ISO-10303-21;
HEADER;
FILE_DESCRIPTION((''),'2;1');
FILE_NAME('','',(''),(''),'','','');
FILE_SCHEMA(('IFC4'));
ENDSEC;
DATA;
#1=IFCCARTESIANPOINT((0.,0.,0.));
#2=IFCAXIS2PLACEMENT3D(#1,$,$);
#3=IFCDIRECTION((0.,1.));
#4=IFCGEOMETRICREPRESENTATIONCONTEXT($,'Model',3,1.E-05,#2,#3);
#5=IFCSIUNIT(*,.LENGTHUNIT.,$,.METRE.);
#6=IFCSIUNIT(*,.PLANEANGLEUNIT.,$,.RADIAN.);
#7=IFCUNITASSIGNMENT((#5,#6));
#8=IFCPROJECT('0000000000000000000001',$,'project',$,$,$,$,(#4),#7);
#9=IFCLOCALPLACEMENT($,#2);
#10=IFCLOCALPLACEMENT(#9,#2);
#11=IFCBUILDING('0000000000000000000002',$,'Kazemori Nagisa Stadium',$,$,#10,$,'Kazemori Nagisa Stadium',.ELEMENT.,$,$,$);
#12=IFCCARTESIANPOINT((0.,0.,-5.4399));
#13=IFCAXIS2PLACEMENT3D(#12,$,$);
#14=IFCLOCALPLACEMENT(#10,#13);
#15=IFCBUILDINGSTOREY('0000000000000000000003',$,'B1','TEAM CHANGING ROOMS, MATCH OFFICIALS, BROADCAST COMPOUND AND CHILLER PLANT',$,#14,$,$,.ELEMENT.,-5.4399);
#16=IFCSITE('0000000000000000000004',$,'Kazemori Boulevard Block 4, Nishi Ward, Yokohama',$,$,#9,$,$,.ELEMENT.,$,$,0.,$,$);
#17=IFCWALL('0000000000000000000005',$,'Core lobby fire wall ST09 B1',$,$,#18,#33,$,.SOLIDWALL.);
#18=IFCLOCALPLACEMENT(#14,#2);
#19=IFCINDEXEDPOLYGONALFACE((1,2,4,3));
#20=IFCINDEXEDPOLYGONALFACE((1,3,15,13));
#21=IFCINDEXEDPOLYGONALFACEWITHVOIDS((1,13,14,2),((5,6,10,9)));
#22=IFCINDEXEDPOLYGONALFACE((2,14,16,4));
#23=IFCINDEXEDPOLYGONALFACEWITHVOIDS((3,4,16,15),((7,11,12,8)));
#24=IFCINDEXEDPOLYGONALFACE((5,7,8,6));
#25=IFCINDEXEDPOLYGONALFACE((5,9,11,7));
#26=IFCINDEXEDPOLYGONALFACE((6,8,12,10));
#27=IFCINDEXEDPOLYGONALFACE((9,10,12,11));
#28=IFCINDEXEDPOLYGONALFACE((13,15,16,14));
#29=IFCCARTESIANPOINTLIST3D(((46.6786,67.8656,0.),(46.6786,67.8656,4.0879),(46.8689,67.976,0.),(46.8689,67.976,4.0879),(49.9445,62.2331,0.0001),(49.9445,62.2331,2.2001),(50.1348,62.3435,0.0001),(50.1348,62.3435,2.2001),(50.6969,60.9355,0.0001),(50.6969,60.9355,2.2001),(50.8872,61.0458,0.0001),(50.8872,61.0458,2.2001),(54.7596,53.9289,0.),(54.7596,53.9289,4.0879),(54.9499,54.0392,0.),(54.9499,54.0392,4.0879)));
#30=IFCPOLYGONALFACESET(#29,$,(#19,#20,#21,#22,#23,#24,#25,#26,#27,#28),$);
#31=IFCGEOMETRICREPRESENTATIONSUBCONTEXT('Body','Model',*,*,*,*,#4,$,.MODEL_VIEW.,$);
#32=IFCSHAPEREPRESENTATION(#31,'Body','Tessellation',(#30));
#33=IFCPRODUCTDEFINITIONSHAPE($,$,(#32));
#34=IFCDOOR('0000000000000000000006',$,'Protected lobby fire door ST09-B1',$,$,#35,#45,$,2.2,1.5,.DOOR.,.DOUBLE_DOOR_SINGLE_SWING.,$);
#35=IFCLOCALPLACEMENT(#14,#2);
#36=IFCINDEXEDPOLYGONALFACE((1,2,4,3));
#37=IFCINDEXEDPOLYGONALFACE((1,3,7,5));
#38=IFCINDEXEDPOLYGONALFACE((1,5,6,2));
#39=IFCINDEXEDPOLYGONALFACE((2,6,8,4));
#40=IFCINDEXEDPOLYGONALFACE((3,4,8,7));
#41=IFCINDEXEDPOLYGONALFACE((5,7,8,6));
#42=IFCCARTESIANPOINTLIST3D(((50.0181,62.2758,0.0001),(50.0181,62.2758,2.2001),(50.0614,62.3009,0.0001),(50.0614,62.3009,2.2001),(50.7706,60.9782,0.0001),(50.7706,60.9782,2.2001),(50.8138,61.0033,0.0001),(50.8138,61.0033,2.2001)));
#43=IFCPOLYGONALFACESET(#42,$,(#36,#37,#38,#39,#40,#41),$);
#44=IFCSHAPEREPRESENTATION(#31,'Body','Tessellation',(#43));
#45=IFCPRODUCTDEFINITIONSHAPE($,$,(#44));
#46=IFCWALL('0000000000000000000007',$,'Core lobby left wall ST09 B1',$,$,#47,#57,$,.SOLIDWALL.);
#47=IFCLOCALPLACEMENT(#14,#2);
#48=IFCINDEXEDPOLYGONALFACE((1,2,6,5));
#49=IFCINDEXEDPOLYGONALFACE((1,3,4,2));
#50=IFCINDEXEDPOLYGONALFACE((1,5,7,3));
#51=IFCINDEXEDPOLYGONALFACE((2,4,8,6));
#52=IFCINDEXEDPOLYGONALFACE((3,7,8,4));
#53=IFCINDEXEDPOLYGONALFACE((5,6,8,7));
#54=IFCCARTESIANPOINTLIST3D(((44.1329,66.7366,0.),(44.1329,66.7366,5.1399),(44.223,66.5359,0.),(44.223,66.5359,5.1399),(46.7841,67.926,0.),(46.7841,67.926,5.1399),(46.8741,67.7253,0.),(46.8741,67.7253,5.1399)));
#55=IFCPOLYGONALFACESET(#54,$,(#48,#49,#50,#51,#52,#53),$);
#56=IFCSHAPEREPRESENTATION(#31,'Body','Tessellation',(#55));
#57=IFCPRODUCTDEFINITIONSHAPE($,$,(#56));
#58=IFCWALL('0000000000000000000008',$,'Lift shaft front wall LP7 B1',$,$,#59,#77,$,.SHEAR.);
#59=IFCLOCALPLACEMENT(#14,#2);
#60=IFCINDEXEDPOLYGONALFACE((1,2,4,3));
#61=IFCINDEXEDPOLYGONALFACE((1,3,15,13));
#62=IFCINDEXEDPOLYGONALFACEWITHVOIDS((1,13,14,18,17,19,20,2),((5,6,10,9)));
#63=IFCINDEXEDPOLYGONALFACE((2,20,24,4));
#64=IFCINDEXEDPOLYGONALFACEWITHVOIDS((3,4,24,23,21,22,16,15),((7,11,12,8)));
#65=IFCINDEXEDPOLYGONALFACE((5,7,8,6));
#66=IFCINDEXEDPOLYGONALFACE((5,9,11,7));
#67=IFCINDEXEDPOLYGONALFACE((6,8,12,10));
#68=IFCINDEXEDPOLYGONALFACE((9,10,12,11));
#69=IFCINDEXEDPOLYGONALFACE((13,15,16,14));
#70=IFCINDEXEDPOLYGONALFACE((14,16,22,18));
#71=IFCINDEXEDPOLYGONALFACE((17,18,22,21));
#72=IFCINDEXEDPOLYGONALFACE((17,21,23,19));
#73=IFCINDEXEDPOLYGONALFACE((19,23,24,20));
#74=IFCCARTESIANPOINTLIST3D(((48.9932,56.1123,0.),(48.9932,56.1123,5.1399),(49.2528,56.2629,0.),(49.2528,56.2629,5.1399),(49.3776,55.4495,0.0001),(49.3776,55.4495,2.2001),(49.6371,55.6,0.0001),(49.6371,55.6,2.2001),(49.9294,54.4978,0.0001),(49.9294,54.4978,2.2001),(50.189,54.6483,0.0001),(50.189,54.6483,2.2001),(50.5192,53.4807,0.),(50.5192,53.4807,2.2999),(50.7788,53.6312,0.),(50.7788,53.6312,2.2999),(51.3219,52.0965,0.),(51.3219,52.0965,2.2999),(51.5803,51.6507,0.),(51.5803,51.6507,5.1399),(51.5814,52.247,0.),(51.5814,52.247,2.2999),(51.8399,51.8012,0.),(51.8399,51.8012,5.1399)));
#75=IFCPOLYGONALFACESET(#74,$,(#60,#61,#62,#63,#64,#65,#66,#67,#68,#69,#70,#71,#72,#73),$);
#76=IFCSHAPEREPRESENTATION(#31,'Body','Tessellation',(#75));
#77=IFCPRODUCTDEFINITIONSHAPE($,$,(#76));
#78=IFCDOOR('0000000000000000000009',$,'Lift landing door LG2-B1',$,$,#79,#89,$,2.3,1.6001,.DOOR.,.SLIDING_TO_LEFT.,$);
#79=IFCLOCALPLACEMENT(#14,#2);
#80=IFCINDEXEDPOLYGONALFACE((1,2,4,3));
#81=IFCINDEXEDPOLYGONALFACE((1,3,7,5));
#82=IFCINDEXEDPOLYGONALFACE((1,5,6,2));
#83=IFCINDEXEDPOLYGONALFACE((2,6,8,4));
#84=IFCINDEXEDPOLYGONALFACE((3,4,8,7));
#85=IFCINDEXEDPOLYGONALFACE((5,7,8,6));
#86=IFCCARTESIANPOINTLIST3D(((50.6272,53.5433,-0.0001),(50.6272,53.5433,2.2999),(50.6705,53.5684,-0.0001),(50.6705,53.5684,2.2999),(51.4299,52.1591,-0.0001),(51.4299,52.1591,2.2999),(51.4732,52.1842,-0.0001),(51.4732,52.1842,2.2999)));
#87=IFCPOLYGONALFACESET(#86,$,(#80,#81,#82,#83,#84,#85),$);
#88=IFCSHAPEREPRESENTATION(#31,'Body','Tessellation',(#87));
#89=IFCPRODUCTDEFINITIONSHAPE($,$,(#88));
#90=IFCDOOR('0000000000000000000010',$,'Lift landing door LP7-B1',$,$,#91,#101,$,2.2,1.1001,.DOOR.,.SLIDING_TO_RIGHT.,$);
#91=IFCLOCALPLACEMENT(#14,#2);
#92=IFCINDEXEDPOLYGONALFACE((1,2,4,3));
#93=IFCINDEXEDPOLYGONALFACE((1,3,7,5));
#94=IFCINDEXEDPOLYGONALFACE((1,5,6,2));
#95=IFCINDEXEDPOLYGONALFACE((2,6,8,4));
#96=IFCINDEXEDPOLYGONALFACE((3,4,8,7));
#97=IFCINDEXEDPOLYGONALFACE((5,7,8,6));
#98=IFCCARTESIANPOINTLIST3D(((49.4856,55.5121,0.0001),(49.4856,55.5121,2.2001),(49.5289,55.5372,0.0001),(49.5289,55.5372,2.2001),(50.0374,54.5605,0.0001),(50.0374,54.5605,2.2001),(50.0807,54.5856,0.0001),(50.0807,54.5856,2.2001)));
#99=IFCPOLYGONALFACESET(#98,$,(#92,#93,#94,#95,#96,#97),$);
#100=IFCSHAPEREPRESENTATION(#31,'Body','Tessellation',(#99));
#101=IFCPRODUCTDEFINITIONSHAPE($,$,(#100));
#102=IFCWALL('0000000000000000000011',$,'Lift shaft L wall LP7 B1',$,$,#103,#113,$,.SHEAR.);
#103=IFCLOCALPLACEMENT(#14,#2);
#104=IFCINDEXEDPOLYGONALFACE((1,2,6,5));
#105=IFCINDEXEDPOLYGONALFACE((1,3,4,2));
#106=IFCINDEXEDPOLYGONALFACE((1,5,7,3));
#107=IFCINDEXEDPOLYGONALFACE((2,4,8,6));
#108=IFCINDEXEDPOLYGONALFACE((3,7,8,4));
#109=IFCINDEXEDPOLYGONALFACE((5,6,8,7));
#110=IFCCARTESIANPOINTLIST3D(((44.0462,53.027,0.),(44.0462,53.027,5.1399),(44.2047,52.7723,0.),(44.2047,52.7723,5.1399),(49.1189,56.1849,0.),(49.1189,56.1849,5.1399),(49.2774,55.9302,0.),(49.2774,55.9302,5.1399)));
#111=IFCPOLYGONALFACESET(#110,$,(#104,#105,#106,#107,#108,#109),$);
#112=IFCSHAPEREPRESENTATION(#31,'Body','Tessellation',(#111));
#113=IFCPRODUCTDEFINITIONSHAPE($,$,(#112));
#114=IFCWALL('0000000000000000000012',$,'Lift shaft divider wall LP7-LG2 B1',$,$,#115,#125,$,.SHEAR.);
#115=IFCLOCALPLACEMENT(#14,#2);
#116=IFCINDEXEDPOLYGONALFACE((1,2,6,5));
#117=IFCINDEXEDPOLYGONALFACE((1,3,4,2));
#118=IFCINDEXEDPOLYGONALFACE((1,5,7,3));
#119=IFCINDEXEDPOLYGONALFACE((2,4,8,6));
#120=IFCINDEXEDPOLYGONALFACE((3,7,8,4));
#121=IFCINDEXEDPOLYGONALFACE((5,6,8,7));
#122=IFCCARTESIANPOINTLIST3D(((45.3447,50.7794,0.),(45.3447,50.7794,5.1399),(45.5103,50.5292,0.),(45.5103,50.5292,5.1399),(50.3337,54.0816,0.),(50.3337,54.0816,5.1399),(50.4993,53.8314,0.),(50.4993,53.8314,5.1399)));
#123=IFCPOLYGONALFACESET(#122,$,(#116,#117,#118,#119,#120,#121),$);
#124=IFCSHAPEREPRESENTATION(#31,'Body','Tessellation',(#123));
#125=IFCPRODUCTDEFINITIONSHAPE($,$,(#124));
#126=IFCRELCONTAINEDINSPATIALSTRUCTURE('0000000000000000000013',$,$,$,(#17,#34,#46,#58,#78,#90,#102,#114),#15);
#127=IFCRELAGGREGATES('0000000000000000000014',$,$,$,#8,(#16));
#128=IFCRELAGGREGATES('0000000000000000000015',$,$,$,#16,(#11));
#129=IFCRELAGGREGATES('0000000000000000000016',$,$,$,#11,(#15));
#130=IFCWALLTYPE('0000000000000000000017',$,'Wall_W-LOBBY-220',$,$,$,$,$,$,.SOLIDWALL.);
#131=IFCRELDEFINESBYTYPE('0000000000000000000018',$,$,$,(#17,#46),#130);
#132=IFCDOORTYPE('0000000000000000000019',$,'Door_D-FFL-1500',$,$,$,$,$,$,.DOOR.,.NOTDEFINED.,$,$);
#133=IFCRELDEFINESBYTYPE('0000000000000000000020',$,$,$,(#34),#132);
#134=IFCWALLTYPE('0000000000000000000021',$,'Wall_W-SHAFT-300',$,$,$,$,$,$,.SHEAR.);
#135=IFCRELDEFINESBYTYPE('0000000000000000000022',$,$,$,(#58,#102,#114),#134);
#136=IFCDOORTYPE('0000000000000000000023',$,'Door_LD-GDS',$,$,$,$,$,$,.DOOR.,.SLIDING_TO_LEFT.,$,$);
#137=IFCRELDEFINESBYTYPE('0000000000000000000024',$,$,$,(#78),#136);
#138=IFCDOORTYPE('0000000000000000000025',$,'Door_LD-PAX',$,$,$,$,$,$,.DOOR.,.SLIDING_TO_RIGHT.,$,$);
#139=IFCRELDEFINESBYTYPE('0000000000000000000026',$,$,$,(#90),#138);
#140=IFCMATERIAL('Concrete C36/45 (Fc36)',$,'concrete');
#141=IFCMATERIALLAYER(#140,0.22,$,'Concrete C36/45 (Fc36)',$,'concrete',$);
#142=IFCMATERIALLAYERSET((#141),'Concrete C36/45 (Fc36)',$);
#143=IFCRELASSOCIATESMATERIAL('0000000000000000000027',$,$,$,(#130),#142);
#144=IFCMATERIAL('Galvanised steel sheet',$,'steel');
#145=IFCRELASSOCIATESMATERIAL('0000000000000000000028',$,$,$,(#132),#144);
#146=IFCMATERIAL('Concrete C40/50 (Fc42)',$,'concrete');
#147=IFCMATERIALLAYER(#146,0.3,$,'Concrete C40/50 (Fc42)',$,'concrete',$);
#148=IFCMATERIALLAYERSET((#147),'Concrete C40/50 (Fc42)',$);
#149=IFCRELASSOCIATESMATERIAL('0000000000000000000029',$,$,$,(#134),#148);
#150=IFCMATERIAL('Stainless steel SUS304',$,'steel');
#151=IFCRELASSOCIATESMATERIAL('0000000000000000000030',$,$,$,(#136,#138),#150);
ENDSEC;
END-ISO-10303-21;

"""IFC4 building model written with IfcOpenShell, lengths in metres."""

from ifc_helpers import new_model, si_unit, direction, frame, frame_2d, origin, place, context, subcontext, project, spatial, rectangle, extrude, material, layer, layer_set, type_object, element, fill, save


model = new_model("IFC4")

# Units and contexts
model_context = context("Model", 3, precision=1e-05, world=origin(), true_north=direction((0.0, 1.0)))
body_context = subcontext(model_context, "Body", "Model", "MODEL_VIEW")
ifc_project = project(units=[si_unit("LENGTHUNIT", "METRE"), si_unit("PLANEANGLEUNIT", "RADIAN")], contexts=[model_context])

# Site, building, storey
site_placement = place(None, origin())
site = spatial("IfcSite", under=ifc_project, at=site_placement, Name="Kazemori Boulevard Block 4, Nishi Ward, Yokohama", CompositionType="ELEMENT", RefElevation=0.0)
building_placement = place(site_placement, origin())
building = spatial("IfcBuilding", under=site, at=building_placement, Name="Kazemori Nagisa Stadium", LongName="Kazemori Nagisa Stadium", CompositionType="ELEMENT")
storey_placement = place(building_placement, frame((0.0, 0.0, -5.4399)))
storey = spatial("IfcBuildingStorey", under=building, at=storey_placement, Name="B1", Description="TEAM CHANGING ROOMS, MATCH OFFICIALS, BROADCAST COMPOUND AND CHILLER PLANT", CompositionType="ELEMENT", Elevation=-5.4399)

# Shared definitions
ifc_material_1 = material(Name="Concrete C40/50 (Fc42)", Category="concrete")

# Shared definitions
ifc_material_2 = material(Name="Concrete C36/45 (Fc36)", Category="concrete")

# Shared definitions
ifc_material_3 = material(Name="Galvanised steel sheet", Category="steel")

# Wall, opening, door
ifc_layer_1 = layer(ifc_material_2, 0.22, Name="Concrete C36/45 (Fc36)", Category="concrete")
ifc_layer_set_1 = layer_set([ifc_layer_1], Name="Concrete C36/45 (Fc36)")
wall_type_1 = type_object("IfcWallType", Name="Wall_W-LOBBY-220", PredefinedType="SOLIDWALL", material=ifc_layer_set_1)
wall_1_placement = place(storey_placement, frame((46.7737, 67.9209, 0.0), z_axis=(0.0, 0.0, 1.0), x_axis=(0.501613, -0.865092, 0.0)))
wall_1 = element("IfcWall", 1, at=wall_1_placement, inside=storey, type_object=wall_type_1, Name="Core lobby fire wall ST09 B1", PredefinedType="SOLIDWALL", context=body_context, shape_type="SweptSolid", body=[
    extrude(rectangle(XDim=16.1101, YDim=0.22, at=frame_2d((8.0552, 0.0))), origin(), (0.0, 0.0, 1.0), 4.0879),
])
opening_1_placement = place(wall_1_placement, frame((6.511, 0.0, 0.0)))
opening_1 = element("IfcOpeningElement", 2, at=opening_1_placement, cuts=wall_1, PredefinedType="OPENING", context=body_context, shape_type="SweptSolid", body=[
    extrude(rectangle(XDim=1.5, YDim=2.2, at=frame_2d((0.75, 1.1001))), frame((0.0, 0.1199, 0.0), z_axis=(0.0, -1.0, 0.0), x_axis=(1.0, 0.0, 0.0)), (0.0, 0.0, 1.0), 0.24),
])
door_type_1 = type_object("IfcDoorType", Name="Door_D-FFL-1500", OperationType="NOTDEFINED", PredefinedType="DOOR", material=ifc_material_3)
door_1_placement = place(opening_1_placement, frame((1.5, 0.0, 0.0), z_axis=(0.0, 0.0, 1.0), x_axis=(-1.0, 0.0, 0.0)))
door_1 = element("IfcDoor", 3, at=door_1_placement, inside=storey, type_object=door_type_1, Name="Protected lobby fire door ST09-B1", OperationType="DOUBLE_DOOR_SINGLE_SWING", OverallHeight=2.2, OverallWidth=1.5, PredefinedType="DOOR", context=body_context, shape_type="SweptSolid", body=[
    extrude(rectangle(XDim=1.5, YDim=2.2, at=frame_2d((0.75, 1.1001))), frame((0.0, 0.0249, 0.0), z_axis=(0.0, -1.0, 0.0), x_axis=(1.0, 0.0, 0.0)), (0.0, 0.0, 1.0), 0.05),
])
fill(opening_1, door_1)

# Wall
wall_2_placement = place(storey_placement, frame((46.8291, 67.8257, 0.0), z_axis=(0.0, 0.0, 1.0), x_axis=(-0.912378, -0.409348, 0.0)))
element("IfcWall", 4, at=wall_2_placement, inside=storey, type_object=wall_type_1, Name="Core lobby left wall ST09 B1", PredefinedType="SOLIDWALL", context=body_context, shape_type="SweptSolid", body=[
    extrude(rectangle(XDim=2.9058, YDim=0.22, at=frame_2d((1.4529, 0.0))), origin(), (0.0, 0.0, 1.0), 5.1399),
])

# Wall, openings, doors
ifc_layer_2 = layer(ifc_material_1, 0.3, Name="Concrete C40/50 (Fc42)", Category="concrete")
ifc_layer_set_2 = layer_set([ifc_layer_2], Name="Concrete C40/50 (Fc42)")
wall_type_2 = type_object("IfcWallType", Name="Wall_W-SHAFT-300", PredefinedType="SHEAR", material=ifc_layer_set_2)
wall_3_placement = place(storey_placement, frame((49.123, 56.1875, 0.0), z_axis=(0.0, 0.0, 1.0), x_axis=(0.50163, -0.865083, 0.0)))
wall_3 = element("IfcWall", 5, at=wall_3_placement, inside=storey, type_object=wall_type_2, Name="Lift shaft front wall LP7 B1", PredefinedType="SHEAR", context=body_context, shape_type="SweptSolid", body=[
    extrude(rectangle(XDim=5.1575, YDim=0.3, at=frame_2d((2.5786, 0.0))), origin(), (0.0, 0.0, 1.0), 5.1399),
])
opening_2_placement = place(wall_3_placement, frame((0.7661, 0.0, 0.0)))
opening_2 = element("IfcOpeningElement", 6, at=opening_2_placement, cuts=wall_3, PredefinedType="OPENING", context=body_context, shape_type="SweptSolid", body=[
    extrude(rectangle(XDim=1.1001, YDim=2.2, at=frame_2d((0.55, 1.1001))), frame((0.0, 0.1599, 0.0), z_axis=(0.0, -1.0, 0.0), x_axis=(1.0, 0.0, 0.0)), (0.0, 0.0, 1.0), 0.3201),
])
opening_3_placement = place(wall_3_placement, frame((3.042, 0.0, 0.0)))
opening_3 = element("IfcOpeningElement", 7, at=opening_3_placement, cuts=wall_3, PredefinedType="OPENING", context=body_context, shape_type="SweptSolid", body=[
    extrude(rectangle(XDim=1.6001, YDim=2.3, at=frame_2d((0.8, 1.1499))), frame((0.0, 0.1599, 0.0), z_axis=(0.0, -1.0, 0.0), x_axis=(1.0, 0.0, 0.0)), (0.0, 0.0, 1.0), 0.3201),
])
ifc_material_4 = material(Name="Stainless steel SUS304", Category="steel")
door_type_2 = type_object("IfcDoorType", Name="Door_LD-GDS", OperationType="SLIDING_TO_LEFT", PredefinedType="DOOR", material=ifc_material_4)
door_2_placement = place(opening_3_placement, origin())
door_2 = element("IfcDoor", 8, at=door_2_placement, inside=storey, type_object=door_type_2, Name="Lift landing door LG2-B1", OperationType="SLIDING_TO_LEFT", OverallHeight=2.3, OverallWidth=1.6001, PredefinedType="DOOR", context=body_context, shape_type="SweptSolid", body=[
    extrude(rectangle(XDim=1.6001, YDim=2.3, at=frame_2d((0.8, 1.1499))), frame((0.0, 0.0249, 0.0), z_axis=(0.0, -1.0, 0.0), x_axis=(1.0, 0.0, 0.0)), (0.0, 0.0, 1.0), 0.05),
])
fill(opening_3, door_2)
door_type_3 = type_object("IfcDoorType", Name="Door_LD-PAX", OperationType="SLIDING_TO_RIGHT", PredefinedType="DOOR", material=ifc_material_4)
door_3_placement = place(opening_2_placement, origin())
door_3 = element("IfcDoor", 9, at=door_3_placement, inside=storey, type_object=door_type_3, Name="Lift landing door LP7-B1", OperationType="SLIDING_TO_RIGHT", OverallHeight=2.2, OverallWidth=1.1001, PredefinedType="DOOR", context=body_context, shape_type="SweptSolid", body=[
    extrude(rectangle(XDim=1.1001, YDim=2.2, at=frame_2d((0.55, 1.1001))), frame((0.0, 0.0249, 0.0), z_axis=(0.0, -1.0, 0.0), x_axis=(1.0, 0.0, 0.0)), (0.0, 0.0, 1.0), 0.05),
])
fill(opening_2, door_3)

# Walls
wall_4_placement = place(storey_placement, frame((49.1982, 56.0576, 0.0), z_axis=(0.0, 0.0, 1.0), x_axis=(-0.848938, -0.528492, 0.0)))
element("IfcWall", 10, at=wall_4_placement, inside=storey, type_object=wall_type_2, Name="Lift shaft L wall LP7 B1", PredefinedType="SHEAR", context=body_context, shape_type="SweptSolid", body=[
    extrude(rectangle(XDim=5.9753, YDim=0.3, at=frame_2d((2.9878, 0.0))), origin(), (0.0, 0.0, 1.0), 5.1399),
])
wall_5_placement = place(storey_placement, frame((50.4165, 53.9565, 0.0), z_axis=(0.0, 0.0, 1.0), x_axis=(-0.833879, -0.551947, 0.0)))
element("IfcWall", 11, at=wall_5_placement, inside=storey, type_object=wall_type_2, Name="Lift shaft divider wall LP7-LG2 B1", PredefinedType="SHEAR", context=body_context, shape_type="SweptSolid", body=[
    extrude(rectangle(XDim=5.9829, YDim=0.3, at=frame_2d((2.9915, 0.0))), origin(), (0.0, 0.0, 1.0), 5.1399),
])

save(model, "model.ifc")
